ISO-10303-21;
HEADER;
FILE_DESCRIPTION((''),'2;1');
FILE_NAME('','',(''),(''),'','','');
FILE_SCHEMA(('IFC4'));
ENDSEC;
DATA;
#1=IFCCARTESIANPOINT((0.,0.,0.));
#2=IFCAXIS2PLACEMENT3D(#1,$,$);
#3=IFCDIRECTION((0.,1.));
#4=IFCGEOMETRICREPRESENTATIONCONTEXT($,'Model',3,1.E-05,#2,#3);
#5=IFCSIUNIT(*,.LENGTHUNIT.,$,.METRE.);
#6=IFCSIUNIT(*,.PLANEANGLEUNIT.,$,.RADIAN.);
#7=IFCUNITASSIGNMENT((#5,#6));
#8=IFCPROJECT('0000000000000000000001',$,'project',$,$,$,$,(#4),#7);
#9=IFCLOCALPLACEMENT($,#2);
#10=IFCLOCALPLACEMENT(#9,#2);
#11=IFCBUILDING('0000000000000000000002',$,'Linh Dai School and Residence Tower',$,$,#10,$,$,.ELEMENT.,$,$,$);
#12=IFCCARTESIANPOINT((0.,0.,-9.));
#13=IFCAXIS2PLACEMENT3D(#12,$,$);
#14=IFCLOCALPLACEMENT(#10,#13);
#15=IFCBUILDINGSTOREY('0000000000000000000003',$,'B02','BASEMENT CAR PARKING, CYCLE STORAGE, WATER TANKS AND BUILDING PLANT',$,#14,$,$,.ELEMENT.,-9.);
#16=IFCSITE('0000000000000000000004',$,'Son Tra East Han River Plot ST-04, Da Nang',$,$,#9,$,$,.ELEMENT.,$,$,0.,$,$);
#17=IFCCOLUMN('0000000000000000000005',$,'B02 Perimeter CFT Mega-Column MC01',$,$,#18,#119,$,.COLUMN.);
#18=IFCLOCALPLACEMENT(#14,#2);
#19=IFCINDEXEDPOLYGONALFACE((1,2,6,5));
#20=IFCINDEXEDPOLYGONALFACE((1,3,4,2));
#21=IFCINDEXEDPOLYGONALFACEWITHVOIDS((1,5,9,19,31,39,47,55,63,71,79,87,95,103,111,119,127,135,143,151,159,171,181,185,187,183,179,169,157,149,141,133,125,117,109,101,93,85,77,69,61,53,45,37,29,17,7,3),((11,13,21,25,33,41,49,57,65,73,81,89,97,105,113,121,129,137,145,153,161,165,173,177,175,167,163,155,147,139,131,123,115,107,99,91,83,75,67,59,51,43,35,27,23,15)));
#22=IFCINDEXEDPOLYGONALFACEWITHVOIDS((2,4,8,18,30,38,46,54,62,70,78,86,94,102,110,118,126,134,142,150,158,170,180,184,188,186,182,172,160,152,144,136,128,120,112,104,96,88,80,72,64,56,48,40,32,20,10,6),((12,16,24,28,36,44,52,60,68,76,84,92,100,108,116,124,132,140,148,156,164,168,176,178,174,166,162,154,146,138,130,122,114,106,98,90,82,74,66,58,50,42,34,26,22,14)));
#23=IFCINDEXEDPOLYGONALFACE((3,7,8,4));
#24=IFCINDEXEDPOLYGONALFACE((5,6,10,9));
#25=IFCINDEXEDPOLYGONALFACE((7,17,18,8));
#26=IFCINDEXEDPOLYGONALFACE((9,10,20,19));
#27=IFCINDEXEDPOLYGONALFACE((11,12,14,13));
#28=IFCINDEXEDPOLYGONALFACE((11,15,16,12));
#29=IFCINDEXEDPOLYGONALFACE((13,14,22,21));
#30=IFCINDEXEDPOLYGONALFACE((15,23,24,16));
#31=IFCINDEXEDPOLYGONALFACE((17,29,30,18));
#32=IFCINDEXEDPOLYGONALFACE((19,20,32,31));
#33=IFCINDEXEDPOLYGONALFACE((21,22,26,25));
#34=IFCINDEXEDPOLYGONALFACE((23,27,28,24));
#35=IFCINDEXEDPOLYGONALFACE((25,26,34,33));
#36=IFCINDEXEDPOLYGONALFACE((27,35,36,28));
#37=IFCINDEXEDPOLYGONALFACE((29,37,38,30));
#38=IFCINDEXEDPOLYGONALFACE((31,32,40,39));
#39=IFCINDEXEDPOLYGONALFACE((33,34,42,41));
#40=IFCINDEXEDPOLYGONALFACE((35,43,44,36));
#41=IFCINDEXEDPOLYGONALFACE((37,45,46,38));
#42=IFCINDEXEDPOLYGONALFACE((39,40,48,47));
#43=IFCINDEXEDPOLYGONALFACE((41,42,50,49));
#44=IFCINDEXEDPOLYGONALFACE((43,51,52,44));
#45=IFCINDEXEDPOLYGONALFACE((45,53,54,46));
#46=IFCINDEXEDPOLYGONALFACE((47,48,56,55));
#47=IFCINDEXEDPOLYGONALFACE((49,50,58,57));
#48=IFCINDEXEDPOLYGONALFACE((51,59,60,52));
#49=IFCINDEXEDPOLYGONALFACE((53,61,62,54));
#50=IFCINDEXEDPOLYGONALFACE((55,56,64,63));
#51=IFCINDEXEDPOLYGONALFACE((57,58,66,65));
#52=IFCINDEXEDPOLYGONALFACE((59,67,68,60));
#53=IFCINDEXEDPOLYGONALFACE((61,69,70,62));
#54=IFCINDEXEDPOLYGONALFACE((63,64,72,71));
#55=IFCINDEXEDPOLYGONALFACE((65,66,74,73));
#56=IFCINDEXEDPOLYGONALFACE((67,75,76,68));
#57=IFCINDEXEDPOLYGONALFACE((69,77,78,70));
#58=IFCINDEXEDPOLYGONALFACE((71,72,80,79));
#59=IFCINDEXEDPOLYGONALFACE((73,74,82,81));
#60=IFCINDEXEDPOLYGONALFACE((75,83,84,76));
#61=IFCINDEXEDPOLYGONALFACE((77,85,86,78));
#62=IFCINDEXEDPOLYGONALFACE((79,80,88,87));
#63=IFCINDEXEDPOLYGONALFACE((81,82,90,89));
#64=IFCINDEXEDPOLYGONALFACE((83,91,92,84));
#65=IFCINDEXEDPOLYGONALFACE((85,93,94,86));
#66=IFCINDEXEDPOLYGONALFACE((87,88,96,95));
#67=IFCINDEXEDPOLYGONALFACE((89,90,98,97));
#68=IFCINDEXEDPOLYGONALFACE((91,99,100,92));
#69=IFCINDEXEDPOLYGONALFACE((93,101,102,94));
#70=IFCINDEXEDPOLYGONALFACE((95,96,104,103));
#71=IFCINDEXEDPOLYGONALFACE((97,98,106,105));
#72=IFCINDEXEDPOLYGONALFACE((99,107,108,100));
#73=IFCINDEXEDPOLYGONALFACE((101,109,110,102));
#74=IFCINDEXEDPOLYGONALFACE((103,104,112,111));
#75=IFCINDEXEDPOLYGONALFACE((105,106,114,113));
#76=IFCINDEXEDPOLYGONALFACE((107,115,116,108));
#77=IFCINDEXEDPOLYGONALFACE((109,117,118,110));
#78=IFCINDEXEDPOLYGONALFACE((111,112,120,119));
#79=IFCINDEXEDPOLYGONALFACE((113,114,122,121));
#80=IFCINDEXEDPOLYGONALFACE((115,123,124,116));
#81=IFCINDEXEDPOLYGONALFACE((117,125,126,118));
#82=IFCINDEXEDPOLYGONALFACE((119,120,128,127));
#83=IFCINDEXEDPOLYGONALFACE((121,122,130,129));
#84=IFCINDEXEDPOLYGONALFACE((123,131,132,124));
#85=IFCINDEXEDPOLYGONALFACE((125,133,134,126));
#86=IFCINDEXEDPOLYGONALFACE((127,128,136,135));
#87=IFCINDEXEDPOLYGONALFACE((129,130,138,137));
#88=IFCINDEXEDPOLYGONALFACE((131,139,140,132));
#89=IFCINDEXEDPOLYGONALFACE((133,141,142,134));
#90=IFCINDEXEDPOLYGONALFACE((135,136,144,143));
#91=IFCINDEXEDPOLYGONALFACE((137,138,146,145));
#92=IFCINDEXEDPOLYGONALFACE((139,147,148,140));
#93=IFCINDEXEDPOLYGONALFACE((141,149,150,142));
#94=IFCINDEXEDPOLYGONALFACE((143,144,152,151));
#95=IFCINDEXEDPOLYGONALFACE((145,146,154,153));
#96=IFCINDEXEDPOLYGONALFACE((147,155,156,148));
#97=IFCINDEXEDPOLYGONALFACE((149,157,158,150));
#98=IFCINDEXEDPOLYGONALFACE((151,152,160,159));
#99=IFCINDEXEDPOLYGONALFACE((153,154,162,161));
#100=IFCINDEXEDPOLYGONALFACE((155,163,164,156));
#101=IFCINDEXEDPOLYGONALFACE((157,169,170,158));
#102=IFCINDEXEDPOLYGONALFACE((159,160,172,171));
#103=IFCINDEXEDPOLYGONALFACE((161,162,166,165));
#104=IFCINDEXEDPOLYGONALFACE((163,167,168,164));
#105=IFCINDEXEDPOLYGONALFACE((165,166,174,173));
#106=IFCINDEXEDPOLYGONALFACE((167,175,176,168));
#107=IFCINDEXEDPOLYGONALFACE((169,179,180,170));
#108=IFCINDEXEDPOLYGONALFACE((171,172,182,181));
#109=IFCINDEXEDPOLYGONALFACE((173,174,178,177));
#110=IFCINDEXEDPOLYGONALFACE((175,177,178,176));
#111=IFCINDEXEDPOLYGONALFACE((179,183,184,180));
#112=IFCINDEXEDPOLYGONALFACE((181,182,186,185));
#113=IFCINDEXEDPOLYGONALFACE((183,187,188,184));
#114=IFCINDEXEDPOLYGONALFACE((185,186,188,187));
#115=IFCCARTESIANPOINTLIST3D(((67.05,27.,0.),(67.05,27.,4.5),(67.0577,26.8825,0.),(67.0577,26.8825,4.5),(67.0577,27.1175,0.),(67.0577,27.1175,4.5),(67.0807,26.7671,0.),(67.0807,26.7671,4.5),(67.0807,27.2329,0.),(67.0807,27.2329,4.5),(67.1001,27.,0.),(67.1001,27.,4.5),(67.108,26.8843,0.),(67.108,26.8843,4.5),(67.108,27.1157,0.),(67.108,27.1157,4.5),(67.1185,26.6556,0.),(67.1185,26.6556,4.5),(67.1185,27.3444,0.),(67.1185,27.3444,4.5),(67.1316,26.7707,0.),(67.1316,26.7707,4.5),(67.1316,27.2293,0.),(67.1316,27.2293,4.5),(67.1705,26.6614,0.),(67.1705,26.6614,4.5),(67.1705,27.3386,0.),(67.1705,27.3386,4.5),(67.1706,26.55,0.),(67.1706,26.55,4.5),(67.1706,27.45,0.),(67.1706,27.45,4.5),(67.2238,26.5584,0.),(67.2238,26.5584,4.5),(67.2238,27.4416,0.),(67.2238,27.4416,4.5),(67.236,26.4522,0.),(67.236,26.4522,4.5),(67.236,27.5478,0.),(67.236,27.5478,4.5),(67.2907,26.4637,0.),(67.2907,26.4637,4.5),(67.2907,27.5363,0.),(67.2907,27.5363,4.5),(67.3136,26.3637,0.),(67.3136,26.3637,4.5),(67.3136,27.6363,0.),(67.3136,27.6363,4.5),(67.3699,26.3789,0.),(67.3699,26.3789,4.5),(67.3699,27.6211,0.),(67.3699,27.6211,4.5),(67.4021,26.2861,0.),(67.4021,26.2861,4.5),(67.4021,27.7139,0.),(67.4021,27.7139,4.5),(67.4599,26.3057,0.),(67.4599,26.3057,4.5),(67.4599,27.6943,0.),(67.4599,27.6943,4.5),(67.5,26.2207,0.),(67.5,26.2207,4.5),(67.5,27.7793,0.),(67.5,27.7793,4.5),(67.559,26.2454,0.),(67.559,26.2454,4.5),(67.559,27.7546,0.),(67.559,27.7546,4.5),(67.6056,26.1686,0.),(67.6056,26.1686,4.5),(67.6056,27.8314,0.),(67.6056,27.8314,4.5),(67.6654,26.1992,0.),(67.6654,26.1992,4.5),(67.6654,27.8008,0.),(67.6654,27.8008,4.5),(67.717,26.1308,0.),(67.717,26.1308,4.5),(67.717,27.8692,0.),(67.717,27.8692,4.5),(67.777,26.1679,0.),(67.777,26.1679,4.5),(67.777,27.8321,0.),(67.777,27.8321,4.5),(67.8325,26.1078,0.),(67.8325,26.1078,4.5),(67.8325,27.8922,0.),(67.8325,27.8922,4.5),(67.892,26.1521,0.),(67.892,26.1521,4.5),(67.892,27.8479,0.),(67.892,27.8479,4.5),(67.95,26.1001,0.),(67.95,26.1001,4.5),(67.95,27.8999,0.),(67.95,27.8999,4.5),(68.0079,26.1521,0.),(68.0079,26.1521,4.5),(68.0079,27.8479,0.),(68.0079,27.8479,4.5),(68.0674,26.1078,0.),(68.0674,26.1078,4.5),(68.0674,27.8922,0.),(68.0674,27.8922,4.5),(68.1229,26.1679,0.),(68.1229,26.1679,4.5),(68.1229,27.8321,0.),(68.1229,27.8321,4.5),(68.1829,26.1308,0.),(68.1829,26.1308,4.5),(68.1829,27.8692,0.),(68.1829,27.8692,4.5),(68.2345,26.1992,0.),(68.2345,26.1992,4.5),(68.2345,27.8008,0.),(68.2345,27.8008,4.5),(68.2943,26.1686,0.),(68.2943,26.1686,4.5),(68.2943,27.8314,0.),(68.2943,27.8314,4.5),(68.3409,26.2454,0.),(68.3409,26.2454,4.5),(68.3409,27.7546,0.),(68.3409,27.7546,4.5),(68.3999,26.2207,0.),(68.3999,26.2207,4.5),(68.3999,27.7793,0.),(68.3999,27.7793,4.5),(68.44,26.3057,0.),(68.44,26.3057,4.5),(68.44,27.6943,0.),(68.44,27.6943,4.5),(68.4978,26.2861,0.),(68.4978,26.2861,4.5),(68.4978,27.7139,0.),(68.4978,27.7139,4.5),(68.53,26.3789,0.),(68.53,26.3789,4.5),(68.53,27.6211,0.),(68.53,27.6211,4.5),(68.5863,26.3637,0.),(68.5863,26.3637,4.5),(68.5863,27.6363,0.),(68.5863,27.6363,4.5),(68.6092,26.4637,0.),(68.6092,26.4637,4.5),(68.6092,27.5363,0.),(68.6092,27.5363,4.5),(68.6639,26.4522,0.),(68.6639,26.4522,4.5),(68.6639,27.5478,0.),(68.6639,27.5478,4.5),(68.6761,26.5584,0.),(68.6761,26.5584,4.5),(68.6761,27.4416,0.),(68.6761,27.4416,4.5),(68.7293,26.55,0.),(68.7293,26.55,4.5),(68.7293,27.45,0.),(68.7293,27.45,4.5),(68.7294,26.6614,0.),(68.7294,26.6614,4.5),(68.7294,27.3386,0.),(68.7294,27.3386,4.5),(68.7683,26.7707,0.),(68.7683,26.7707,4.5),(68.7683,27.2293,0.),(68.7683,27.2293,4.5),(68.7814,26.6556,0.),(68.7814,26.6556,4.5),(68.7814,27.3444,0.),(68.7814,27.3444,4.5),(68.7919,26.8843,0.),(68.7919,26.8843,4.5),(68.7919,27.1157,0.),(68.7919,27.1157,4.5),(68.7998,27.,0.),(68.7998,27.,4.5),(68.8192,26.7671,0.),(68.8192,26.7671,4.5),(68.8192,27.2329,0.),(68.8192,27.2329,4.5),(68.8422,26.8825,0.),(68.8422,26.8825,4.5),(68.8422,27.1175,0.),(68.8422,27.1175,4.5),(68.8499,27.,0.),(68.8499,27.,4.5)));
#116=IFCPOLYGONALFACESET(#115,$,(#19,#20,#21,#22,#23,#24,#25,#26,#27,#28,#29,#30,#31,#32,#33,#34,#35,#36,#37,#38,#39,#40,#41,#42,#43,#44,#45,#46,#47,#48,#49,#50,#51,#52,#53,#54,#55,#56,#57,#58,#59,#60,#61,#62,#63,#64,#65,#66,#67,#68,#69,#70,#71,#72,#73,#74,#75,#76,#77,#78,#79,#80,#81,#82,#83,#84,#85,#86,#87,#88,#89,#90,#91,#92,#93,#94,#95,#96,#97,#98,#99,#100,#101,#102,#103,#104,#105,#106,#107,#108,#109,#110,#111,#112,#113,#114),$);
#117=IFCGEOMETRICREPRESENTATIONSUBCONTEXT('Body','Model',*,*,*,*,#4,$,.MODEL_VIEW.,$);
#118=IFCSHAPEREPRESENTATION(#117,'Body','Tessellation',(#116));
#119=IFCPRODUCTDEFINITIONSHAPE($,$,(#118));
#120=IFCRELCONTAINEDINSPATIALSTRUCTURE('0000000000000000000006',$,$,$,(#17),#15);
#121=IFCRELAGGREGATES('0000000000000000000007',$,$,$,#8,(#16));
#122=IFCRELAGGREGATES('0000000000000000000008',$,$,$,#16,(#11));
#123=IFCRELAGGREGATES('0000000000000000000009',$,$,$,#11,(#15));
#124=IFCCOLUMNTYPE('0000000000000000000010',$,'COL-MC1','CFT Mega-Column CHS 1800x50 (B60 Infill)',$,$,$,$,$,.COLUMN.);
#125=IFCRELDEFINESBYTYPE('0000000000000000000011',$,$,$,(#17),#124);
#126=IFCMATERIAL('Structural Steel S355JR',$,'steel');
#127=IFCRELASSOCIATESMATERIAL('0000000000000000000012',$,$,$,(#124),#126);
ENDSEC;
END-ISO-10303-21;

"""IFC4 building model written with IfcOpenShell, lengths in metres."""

from ifc_helpers import new_model, si_unit, direction, frame, origin, origin_2d, place, context, subcontext, project, spatial, hollow_circle, extrude, material, material_profile, profile_set, type_object, element, save


model = new_model("IFC4")

# Units and contexts
model_context = context("Model", 3, precision=1e-05, world=origin(), true_north=direction((0.0, 1.0)))
body_context = subcontext(model_context, "Body", "Model", "MODEL_VIEW")
ifc_project = project(units=[si_unit("LENGTHUNIT", "METRE"), si_unit("PLANEANGLEUNIT", "RADIAN")], contexts=[model_context])

# Site, building, storey
site_placement = place(None, origin())
site = spatial("IfcSite", under=ifc_project, at=site_placement, Name="Son Tra East Han River Plot ST-04, Da Nang", CompositionType="ELEMENT", RefElevation=0.0)
building_placement = place(site_placement, origin())
building = spatial("IfcBuilding", under=site, at=building_placement, Name="Linh Dai School and Residence Tower", CompositionType="ELEMENT")
storey_placement = place(building_placement, frame((0.0, 0.0, -9.0)))
storey = spatial("IfcBuildingStorey", under=building, at=storey_placement, Name="B02", Description="BASEMENT CAR PARKING, CYCLE STORAGE, WATER TANKS AND BUILDING PLANT", CompositionType="ELEMENT", Elevation=-9.0)

# Column
ifc_material_1 = material(Name="Structural Steel S355JR", Category="steel")
ifc_material_profile_1 = material_profile(ifc_material_1, hollow_circle(Radius=0.8999, WallThickness=0.05, at=origin_2d()), Name="CHS 1800x50")
ifc_profile_set_1 = profile_set([ifc_material_profile_1], Name="Structural Steel S355JR")
column_type_1 = type_object("IfcColumnType", Name="COL-MC1", Description="CFT Mega-Column CHS 1800x50 (B60 Infill)", PredefinedType="COLUMN", material=ifc_profile_set_1)
for number, where, z_axis, x_axis, name in (
    (1, (67.95, 27.0, 0.0), (0.0, 0.0, 1.0), (1.0, 0.0, 0.0), "B02 Perimeter CFT Mega-Column MC01"),
):
    element("IfcColumn", number, at=place(storey_placement, frame(where, z_axis=z_axis, x_axis=x_axis)), inside=storey, type_object=column_type_1, Name=name, PredefinedType="COLUMN", context=body_context, shape_type="SweptSolid", body=[
        extrude(hollow_circle(Radius=0.8999, WallThickness=0.05, at=origin_2d()), origin(), (0.0, 0.0, 1.0), 4.5),
    ])

save(model, "model.ifc")
